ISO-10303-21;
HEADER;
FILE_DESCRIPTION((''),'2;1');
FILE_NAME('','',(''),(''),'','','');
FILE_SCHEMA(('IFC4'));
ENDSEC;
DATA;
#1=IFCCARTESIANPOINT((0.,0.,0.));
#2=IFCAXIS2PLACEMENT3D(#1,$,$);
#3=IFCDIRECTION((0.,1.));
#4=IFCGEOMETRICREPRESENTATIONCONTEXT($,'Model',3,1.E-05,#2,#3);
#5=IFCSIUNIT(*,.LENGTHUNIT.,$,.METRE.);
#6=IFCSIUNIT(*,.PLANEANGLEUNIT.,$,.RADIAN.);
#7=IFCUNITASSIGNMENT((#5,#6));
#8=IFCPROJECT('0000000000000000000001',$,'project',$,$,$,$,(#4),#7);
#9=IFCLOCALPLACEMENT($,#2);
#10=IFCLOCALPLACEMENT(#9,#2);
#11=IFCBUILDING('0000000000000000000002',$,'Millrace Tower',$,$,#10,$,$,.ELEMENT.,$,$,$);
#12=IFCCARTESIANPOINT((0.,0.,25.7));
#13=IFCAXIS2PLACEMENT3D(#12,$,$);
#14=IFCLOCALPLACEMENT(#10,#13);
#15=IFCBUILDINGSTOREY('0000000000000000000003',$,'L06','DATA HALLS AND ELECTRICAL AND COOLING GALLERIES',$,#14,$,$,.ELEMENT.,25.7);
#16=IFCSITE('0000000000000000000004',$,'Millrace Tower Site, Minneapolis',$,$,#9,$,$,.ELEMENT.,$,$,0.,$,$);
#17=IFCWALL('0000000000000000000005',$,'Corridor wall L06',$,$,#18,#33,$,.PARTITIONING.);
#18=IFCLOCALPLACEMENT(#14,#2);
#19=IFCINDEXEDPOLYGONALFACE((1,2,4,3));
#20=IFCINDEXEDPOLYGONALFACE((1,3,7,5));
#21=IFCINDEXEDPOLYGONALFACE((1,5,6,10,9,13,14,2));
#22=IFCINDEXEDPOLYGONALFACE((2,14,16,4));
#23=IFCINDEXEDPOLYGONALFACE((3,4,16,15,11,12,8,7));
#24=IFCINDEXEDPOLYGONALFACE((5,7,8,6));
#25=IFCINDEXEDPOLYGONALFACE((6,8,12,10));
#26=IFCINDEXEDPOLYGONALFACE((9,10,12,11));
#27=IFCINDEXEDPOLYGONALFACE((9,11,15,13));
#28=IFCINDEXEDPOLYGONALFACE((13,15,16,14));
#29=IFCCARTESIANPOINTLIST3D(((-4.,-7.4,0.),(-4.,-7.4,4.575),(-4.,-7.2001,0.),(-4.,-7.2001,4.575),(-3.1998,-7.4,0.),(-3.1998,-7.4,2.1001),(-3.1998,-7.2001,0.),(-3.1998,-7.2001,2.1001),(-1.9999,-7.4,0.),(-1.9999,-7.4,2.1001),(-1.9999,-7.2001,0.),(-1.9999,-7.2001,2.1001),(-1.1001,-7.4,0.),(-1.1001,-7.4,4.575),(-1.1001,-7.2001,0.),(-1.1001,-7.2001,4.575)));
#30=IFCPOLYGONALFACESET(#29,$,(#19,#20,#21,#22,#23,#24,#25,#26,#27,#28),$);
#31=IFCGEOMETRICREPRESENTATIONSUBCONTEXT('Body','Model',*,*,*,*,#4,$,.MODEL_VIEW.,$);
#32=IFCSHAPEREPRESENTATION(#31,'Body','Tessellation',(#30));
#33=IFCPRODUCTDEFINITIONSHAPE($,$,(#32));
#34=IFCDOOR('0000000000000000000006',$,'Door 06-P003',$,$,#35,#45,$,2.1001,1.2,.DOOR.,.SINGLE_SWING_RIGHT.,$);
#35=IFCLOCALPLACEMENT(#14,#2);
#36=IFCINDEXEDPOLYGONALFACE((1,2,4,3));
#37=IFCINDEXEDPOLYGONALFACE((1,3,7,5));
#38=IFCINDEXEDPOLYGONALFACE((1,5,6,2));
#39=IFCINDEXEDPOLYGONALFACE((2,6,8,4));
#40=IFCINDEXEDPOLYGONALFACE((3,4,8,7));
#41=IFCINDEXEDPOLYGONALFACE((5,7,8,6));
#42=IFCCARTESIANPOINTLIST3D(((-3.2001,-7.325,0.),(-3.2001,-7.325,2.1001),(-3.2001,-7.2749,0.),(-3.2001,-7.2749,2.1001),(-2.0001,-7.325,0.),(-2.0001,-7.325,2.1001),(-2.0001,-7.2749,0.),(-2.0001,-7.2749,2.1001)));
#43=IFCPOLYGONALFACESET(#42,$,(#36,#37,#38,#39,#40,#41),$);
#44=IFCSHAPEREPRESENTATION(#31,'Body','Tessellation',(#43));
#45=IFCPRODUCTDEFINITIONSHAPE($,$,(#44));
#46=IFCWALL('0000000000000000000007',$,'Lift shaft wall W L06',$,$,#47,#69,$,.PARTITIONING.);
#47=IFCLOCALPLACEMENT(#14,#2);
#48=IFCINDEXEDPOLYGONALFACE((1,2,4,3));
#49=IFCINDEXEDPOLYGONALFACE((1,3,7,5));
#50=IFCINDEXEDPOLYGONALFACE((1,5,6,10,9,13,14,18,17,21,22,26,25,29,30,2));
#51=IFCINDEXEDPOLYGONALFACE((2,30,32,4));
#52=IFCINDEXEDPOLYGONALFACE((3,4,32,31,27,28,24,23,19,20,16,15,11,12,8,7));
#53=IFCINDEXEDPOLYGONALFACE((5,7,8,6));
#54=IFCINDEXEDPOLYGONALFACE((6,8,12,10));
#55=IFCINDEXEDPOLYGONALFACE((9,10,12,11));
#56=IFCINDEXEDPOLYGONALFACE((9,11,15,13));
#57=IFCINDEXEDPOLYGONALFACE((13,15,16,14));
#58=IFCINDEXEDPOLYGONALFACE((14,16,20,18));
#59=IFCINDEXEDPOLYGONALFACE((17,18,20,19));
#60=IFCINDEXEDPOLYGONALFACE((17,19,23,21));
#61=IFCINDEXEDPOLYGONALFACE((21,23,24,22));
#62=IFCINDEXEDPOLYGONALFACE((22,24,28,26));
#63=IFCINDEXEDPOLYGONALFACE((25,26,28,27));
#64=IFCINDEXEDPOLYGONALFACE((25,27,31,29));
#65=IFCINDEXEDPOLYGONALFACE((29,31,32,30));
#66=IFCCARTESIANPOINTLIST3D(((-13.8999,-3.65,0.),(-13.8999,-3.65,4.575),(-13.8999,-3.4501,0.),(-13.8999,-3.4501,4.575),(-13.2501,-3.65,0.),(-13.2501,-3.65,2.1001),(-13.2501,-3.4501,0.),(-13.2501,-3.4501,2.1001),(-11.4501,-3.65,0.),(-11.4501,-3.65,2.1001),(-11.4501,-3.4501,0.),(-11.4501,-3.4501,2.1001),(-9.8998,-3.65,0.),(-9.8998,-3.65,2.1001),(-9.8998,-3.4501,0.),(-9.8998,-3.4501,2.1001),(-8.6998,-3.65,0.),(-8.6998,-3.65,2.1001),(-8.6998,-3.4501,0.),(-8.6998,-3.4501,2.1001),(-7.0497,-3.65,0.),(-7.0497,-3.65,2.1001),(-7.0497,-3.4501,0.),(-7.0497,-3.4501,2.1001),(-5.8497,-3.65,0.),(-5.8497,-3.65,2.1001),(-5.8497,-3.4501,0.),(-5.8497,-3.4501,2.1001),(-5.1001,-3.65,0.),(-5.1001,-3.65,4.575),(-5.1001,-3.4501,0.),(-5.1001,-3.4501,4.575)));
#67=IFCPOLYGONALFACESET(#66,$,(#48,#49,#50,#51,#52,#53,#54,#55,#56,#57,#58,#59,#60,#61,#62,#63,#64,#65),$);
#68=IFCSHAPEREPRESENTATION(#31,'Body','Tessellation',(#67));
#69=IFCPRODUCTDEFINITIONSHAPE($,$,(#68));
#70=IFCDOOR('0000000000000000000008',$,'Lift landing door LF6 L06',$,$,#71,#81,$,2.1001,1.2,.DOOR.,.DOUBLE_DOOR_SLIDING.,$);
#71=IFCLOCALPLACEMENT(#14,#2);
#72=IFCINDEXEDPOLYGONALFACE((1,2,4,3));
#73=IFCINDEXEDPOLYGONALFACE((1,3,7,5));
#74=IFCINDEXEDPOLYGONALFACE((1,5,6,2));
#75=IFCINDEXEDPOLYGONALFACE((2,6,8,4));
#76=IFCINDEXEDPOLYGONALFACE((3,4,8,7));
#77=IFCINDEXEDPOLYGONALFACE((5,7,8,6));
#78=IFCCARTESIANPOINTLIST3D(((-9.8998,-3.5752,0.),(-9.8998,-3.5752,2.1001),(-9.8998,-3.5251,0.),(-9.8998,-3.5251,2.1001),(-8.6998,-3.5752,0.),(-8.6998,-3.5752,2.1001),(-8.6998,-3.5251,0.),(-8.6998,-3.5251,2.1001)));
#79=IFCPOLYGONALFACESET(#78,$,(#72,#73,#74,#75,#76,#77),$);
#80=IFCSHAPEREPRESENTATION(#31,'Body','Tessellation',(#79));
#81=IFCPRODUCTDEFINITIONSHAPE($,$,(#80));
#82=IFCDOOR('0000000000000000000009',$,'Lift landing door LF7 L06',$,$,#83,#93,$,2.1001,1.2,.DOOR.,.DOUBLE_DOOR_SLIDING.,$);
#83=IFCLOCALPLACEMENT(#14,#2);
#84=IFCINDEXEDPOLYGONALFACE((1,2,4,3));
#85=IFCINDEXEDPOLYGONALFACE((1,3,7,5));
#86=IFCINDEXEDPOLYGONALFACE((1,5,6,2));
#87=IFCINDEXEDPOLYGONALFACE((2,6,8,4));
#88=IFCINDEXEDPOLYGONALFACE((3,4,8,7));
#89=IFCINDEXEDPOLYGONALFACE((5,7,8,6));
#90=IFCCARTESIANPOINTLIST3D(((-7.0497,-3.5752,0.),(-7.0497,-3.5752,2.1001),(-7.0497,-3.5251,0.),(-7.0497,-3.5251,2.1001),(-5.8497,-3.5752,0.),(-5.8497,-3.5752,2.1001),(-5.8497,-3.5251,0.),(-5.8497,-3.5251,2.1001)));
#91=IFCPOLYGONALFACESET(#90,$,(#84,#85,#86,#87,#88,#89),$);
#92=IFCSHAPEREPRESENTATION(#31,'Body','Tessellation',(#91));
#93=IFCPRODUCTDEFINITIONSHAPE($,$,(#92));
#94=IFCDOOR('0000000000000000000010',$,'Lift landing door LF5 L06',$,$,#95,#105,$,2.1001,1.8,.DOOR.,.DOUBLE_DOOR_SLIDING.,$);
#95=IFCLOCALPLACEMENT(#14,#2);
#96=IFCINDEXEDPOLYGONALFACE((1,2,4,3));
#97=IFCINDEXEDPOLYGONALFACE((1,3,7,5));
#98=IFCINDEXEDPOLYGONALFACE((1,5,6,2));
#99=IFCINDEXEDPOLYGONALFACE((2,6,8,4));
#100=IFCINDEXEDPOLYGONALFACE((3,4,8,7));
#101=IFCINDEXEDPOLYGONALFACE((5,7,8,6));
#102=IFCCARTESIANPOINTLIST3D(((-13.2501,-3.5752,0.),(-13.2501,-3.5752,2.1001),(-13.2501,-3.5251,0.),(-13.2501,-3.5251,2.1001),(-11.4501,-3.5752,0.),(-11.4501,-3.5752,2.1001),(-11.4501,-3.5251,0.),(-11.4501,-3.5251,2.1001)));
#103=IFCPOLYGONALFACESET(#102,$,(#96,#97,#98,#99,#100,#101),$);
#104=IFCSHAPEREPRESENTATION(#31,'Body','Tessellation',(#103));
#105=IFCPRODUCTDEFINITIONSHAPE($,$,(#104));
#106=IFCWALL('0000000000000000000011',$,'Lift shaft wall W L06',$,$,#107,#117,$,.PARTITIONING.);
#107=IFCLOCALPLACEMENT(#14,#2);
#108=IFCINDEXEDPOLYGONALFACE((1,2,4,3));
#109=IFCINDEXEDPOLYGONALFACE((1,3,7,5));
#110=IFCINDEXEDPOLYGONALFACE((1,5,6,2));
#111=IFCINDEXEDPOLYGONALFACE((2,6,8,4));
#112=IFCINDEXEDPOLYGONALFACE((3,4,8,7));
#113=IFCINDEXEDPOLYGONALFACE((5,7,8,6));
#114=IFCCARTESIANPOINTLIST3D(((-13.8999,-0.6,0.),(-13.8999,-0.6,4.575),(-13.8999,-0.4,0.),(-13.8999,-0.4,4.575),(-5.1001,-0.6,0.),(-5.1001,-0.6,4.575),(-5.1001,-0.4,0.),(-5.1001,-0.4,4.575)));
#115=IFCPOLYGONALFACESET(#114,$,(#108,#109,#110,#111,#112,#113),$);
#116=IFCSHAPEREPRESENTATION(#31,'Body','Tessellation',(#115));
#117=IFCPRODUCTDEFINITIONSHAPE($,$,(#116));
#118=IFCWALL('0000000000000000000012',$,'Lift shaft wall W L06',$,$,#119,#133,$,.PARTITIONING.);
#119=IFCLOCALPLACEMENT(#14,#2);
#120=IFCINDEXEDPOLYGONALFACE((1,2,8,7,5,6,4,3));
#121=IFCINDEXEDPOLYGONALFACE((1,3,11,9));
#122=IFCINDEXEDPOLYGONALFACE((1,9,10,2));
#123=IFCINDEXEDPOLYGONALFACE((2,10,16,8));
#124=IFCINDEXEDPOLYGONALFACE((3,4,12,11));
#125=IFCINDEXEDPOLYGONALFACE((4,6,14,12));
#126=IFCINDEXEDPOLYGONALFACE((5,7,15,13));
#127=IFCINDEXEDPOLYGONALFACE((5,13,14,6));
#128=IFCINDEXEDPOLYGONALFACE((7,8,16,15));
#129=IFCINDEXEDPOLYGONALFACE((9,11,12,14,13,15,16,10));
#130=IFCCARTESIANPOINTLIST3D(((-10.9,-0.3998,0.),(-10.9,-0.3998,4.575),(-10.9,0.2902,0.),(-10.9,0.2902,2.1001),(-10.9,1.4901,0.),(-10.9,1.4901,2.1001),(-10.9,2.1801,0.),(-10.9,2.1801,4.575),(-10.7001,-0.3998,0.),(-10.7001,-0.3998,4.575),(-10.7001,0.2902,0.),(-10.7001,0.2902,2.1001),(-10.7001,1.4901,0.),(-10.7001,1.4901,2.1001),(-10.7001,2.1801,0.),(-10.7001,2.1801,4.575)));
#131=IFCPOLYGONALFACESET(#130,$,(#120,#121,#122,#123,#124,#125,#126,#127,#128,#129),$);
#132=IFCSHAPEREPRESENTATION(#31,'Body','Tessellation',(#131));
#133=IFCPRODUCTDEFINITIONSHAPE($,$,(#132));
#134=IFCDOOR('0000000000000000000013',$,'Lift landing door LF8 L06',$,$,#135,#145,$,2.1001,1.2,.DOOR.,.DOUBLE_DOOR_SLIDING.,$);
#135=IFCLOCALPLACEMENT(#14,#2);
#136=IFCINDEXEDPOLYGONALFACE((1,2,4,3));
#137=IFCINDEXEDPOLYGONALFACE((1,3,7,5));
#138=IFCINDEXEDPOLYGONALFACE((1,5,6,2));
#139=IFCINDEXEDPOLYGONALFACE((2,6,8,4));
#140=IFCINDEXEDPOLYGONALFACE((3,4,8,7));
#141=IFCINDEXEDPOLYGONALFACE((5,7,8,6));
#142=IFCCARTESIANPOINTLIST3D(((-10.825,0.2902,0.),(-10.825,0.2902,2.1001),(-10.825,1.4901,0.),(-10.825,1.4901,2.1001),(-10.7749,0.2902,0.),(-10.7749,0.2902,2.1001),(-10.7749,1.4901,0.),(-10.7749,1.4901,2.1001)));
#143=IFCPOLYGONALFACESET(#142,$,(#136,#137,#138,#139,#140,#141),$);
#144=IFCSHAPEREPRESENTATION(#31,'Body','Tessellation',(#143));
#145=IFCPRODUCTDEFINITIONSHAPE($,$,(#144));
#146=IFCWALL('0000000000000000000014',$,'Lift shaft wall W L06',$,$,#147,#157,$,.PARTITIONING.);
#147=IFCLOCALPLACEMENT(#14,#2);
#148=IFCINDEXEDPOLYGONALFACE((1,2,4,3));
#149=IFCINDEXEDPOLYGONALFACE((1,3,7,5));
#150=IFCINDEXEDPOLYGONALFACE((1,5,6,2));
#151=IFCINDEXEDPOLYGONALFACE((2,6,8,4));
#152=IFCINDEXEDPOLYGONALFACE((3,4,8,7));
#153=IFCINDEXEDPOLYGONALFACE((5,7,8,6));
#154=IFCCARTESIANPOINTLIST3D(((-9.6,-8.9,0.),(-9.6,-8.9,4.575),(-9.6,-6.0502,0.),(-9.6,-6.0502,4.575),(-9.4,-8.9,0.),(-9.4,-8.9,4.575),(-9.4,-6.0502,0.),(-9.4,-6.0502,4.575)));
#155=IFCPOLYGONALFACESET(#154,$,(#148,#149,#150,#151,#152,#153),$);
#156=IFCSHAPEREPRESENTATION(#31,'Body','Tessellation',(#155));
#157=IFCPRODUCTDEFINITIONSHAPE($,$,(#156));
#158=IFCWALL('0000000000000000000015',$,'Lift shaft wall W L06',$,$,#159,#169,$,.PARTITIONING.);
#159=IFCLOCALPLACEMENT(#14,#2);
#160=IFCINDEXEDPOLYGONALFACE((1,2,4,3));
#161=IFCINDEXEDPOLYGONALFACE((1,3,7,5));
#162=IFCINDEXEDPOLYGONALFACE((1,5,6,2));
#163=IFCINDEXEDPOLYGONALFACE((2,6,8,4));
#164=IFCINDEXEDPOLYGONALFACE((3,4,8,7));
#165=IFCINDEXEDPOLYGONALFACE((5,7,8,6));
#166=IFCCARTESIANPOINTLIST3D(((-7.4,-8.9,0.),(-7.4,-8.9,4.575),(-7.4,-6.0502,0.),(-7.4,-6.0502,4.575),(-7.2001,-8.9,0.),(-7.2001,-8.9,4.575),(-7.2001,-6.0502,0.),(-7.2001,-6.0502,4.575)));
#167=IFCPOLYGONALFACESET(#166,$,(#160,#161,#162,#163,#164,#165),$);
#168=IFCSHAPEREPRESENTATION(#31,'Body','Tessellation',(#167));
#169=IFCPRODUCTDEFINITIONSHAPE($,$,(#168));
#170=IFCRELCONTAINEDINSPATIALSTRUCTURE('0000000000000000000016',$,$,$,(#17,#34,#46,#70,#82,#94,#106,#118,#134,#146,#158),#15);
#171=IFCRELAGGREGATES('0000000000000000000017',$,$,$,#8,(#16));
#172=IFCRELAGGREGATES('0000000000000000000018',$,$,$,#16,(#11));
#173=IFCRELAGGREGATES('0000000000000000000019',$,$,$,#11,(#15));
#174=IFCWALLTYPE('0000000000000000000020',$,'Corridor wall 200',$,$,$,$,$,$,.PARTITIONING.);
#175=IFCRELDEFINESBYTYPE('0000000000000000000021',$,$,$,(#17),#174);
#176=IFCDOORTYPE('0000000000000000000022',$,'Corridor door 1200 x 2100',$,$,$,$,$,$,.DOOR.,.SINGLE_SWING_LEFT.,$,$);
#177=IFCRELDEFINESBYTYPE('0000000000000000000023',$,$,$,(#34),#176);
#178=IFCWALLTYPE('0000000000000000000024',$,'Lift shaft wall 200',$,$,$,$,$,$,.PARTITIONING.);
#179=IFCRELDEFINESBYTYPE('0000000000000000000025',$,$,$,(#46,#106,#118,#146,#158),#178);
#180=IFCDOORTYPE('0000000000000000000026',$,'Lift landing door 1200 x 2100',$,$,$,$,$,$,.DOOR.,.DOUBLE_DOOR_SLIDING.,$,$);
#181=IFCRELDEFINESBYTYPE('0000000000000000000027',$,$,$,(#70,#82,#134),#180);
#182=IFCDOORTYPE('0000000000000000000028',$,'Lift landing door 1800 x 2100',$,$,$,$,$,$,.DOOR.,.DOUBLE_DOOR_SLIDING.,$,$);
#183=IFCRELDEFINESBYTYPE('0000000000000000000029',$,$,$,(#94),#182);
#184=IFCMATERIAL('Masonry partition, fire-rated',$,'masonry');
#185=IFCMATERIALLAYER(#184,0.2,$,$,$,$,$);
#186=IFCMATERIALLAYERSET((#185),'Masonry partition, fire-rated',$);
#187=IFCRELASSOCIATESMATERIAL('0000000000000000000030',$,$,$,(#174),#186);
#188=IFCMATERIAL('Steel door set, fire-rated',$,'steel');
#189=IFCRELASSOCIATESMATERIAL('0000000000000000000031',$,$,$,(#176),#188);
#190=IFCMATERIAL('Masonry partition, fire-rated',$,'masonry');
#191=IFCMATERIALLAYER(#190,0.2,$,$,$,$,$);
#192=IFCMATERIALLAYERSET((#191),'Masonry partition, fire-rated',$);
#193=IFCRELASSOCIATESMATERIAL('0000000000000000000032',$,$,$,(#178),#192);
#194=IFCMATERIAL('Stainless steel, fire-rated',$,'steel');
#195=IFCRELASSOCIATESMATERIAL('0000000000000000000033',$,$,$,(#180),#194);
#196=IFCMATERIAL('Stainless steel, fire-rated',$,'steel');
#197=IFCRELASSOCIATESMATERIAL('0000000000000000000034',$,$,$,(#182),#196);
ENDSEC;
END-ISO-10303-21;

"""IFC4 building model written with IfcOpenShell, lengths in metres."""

from ifc_helpers import new_model, si_unit, direction, frame, frame_2d, origin, place, context, subcontext, project, spatial, rectangle, extrude, material, layer, layer_set, type_object, element, fill, save


model = new_model("IFC4")

# Units and contexts
model_context = context("Model", 3, precision=1e-05, world=origin(), true_north=direction((0.0, 1.0)))
body_context = subcontext(model_context, "Body", "Model", "MODEL_VIEW")
ifc_project = project(units=[si_unit("LENGTHUNIT", "METRE"), si_unit("PLANEANGLEUNIT", "RADIAN")], contexts=[model_context])

# Site, building, storey
site_placement = place(None, origin())
site = spatial("IfcSite", under=ifc_project, at=site_placement, Name="Millrace Tower Site, Minneapolis", CompositionType="ELEMENT", RefElevation=0.0)
building_placement = place(site_placement, origin())
building = spatial("IfcBuilding", under=site, at=building_placement, Name="Millrace Tower", CompositionType="ELEMENT")
storey_placement = place(building_placement, frame((0.0, 0.0, 25.7)))
storey = spatial("IfcBuildingStorey", under=building, at=storey_placement, Name="L06", Description="DATA HALLS AND ELECTRICAL AND COOLING GALLERIES", CompositionType="ELEMENT", Elevation=25.7)

# Wall, opening, door
ifc_material_1 = material(Name="Masonry partition, fire-rated", Category="masonry")
ifc_layer_1 = layer(ifc_material_1, 0.2)
ifc_layer_set_1 = layer_set([ifc_layer_1], Name="Masonry partition, fire-rated")
wall_type_1 = type_object("IfcWallType", Name="Corridor wall 200", PredefinedType="PARTITIONING", material=ifc_layer_set_1)
wall_1_placement = place(storey_placement, frame((-4.0, -7.3, 0.0), z_axis=(0.0, 0.0, 1.0), x_axis=(1.0, 0.0, 0.0)))
wall_1 = element("IfcWall", 1, at=wall_1_placement, inside=storey, type_object=wall_type_1, Name="Corridor wall L06", PredefinedType="PARTITIONING", context=body_context, shape_type="SweptSolid", body=[
    extrude(rectangle(XDim=2.8999, YDim=0.2, at=frame_2d((1.45, 0.0))), origin(), (0.0, 0.0, 1.0), 4.575),
])
opening_1_placement = place(wall_1_placement, frame((0.8, 0.0, 0.0)))
opening_1 = element("IfcOpeningElement", 2, at=opening_1_placement, cuts=wall_1, PredefinedType="OPENING", context=body_context, shape_type="SweptSolid", body=[
    extrude(rectangle(XDim=1.2, YDim=2.1001, at=frame_2d((0.6001, 1.05))), frame((0.0, 0.1099, 0.0), z_axis=(0.0, -1.0, 0.0), x_axis=(1.0, 0.0, 0.0)), (0.0, 0.0, 1.0), 0.22),
])
ifc_material_2 = material(Name="Steel door set, fire-rated", Category="steel")
door_type_1 = type_object("IfcDoorType", Name="Corridor door 1200 x 2100", OperationType="SINGLE_SWING_LEFT", PredefinedType="DOOR", material=ifc_material_2)
door_1_placement = place(opening_1_placement, frame((1.2, 0.0, 0.0), z_axis=(0.0, 0.0, 1.0), x_axis=(-1.0, 0.0, 0.0)))
door_1 = element("IfcDoor", 3, at=door_1_placement, inside=storey, type_object=door_type_1, Name="Door 06-P003", OperationType="SINGLE_SWING_RIGHT", OverallHeight=2.1001, OverallWidth=1.2, PredefinedType="DOOR", context=body_context, shape_type="SweptSolid", body=[
    extrude(rectangle(XDim=1.2, YDim=2.1001, at=frame_2d((0.6001, 1.05))), frame((0.0, 0.0249, 0.0), z_axis=(0.0, -1.0, 0.0), x_axis=(1.0, 0.0, 0.0)), (0.0, 0.0, 1.0), 0.05),
])
fill(opening_1, door_1)

# Wall, openings, doors
ifc_material_3 = material(Name="Masonry partition, fire-rated", Category="masonry")
ifc_layer_2 = layer(ifc_material_3, 0.2)
ifc_layer_set_2 = layer_set([ifc_layer_2], Name="Masonry partition, fire-rated")
wall_type_2 = type_object("IfcWallType", Name="Lift shaft wall 200", PredefinedType="PARTITIONING", material=ifc_layer_set_2)
wall_2_placement = place(storey_placement, frame((-13.8999, -3.55, 0.0), z_axis=(0.0, 0.0, 1.0), x_axis=(1.0, 0.0, 0.0)))
wall_2 = element("IfcWall", 4, at=wall_2_placement, inside=storey, type_object=wall_type_2, Name="Lift shaft wall W L06", PredefinedType="PARTITIONING", context=body_context, shape_type="SweptSolid", body=[
    extrude(rectangle(XDim=8.7998, YDim=0.2, at=frame_2d((4.3999, 0.0))), origin(), (0.0, 0.0, 1.0), 4.575),
])
opening_2_placement = place(wall_2_placement, frame((0.6499, 0.0, 0.0)))
opening_2 = element("IfcOpeningElement", 5, at=opening_2_placement, cuts=wall_2, PredefinedType="OPENING", context=body_context, shape_type="SweptSolid", body=[
    extrude(rectangle(XDim=1.8, YDim=2.1001, at=frame_2d((0.8999, 1.05))), frame((0.0, 0.1099, 0.0), z_axis=(0.0, -1.0, 0.0), x_axis=(1.0, 0.0, 0.0)), (0.0, 0.0, 1.0), 0.22),
])
opening_3_placement = place(wall_2_placement, frame((4.0, 0.0, 0.0)))
opening_3 = element("IfcOpeningElement", 6, at=opening_3_placement, cuts=wall_2, PredefinedType="OPENING", context=body_context, shape_type="SweptSolid", body=[
    extrude(rectangle(XDim=1.2, YDim=2.1001, at=frame_2d((0.6001, 1.05))), frame((0.0, 0.1099, 0.0), z_axis=(0.0, -1.0, 0.0), x_axis=(1.0, 0.0, 0.0)), (0.0, 0.0, 1.0), 0.22),
])
opening_4_placement = place(wall_2_placement, frame((6.8501, 0.0, 0.0)))
opening_4 = element("IfcOpeningElement", 7, at=opening_4_placement, cuts=wall_2, PredefinedType="OPENING", context=body_context, shape_type="SweptSolid", body=[
    extrude(rectangle(XDim=1.2, YDim=2.1001, at=frame_2d((0.6001, 1.05))), frame((0.0, 0.1099, 0.0), z_axis=(0.0, -1.0, 0.0), x_axis=(1.0, 0.0, 0.0)), (0.0, 0.0, 1.0), 0.22),
])
ifc_material_4 = material(Name="Stainless steel, fire-rated", Category="steel")
door_type_2 = type_object("IfcDoorType", Name="Lift landing door 1200 x 2100", OperationType="DOUBLE_DOOR_SLIDING", PredefinedType="DOOR", material=ifc_material_4)
door_2_placement = place(opening_3_placement, origin())
door_2 = element("IfcDoor", 8, at=door_2_placement, inside=storey, type_object=door_type_2, Name="Lift landing door LF6 L06", OperationType="DOUBLE_DOOR_SLIDING", OverallHeight=2.1001, OverallWidth=1.2, PredefinedType="DOOR", context=body_context, shape_type="SweptSolid", body=[
    extrude(rectangle(XDim=1.2, YDim=2.1001, at=frame_2d((0.6001, 1.05))), frame((0.0, 0.0249, 0.0), z_axis=(0.0, -1.0, 0.0), x_axis=(1.0, 0.0, 0.0)), (0.0, 0.0, 1.0), 0.05),
])
fill(opening_3, door_2)
door_3_placement = place(opening_4_placement, origin())
door_3 = element("IfcDoor", 9, at=door_3_placement, inside=storey, type_object=door_type_2, Name="Lift landing door LF7 L06", OperationType="DOUBLE_DOOR_SLIDING", OverallHeight=2.1001, OverallWidth=1.2, PredefinedType="DOOR", context=body_context, shape_type="SweptSolid", body=[
    extrude(rectangle(XDim=1.2, YDim=2.1001, at=frame_2d((0.6001, 1.05))), frame((0.0, 0.0249, 0.0), z_axis=(0.0, -1.0, 0.0), x_axis=(1.0, 0.0, 0.0)), (0.0, 0.0, 1.0), 0.05),
])
fill(opening_4, door_3)
ifc_material_5 = material(Name="Stainless steel, fire-rated", Category="steel")
door_type_3 = type_object("IfcDoorType", Name="Lift landing door 1800 x 2100", OperationType="DOUBLE_DOOR_SLIDING", PredefinedType="DOOR", material=ifc_material_5)
door_4_placement = place(opening_2_placement, origin())
door_4 = element("IfcDoor", 10, at=door_4_placement, inside=storey, type_object=door_type_3, Name="Lift landing door LF5 L06", OperationType="DOUBLE_DOOR_SLIDING", OverallHeight=2.1001, OverallWidth=1.8, PredefinedType="DOOR", context=body_context, shape_type="SweptSolid", body=[
    extrude(rectangle(XDim=1.8, YDim=2.1001, at=frame_2d((0.8999, 1.05))), frame((0.0, 0.0249, 0.0), z_axis=(0.0, -1.0, 0.0), x_axis=(1.0, 0.0, 0.0)), (0.0, 0.0, 1.0), 0.05),
])
fill(opening_2, door_4)

# Wall
wall_3_placement = place(storey_placement, frame((-13.8999, -0.5, 0.0), z_axis=(0.0, 0.0, 1.0), x_axis=(1.0, 0.0, 0.0)))
element("IfcWall", 11, at=wall_3_placement, inside=storey, type_object=wall_type_2, Name="Lift shaft wall W L06", PredefinedType="PARTITIONING", context=body_context, shape_type="SweptSolid", body=[
    extrude(rectangle(XDim=8.7998, YDim=0.2, at=frame_2d((4.3999, 0.0))), origin(), (0.0, 0.0, 1.0), 4.575),
])

# Wall, opening, door
wall_4_placement = place(storey_placement, frame((-10.8, -0.3999, 0.0), z_axis=(0.0, 0.0, 1.0), x_axis=(0.0, 1.0, 0.0)))
wall_4 = element("IfcWall", 12, at=wall_4_placement, inside=storey, type_object=wall_type_2, Name="Lift shaft wall W L06", PredefinedType="PARTITIONING", context=body_context, shape_type="SweptSolid", body=[
    extrude(rectangle(XDim=2.5798, YDim=0.2, at=frame_2d((1.29, 0.0))), origin(), (0.0, 0.0, 1.0), 4.575),
])
opening_5_placement = place(wall_4_placement, frame((0.6899, 0.0, 0.0)))
opening_5 = element("IfcOpeningElement", 13, at=opening_5_placement, cuts=wall_4, PredefinedType="OPENING", context=body_context, shape_type="SweptSolid", body=[
    extrude(rectangle(XDim=1.2, YDim=2.1001, at=frame_2d((0.6001, 1.05))), frame((0.0, 0.1099, 0.0), z_axis=(0.0, -1.0, 0.0), x_axis=(1.0, 0.0, 0.0)), (0.0, 0.0, 1.0), 0.22),
])
door_5_placement = place(opening_5_placement, origin())
door_5 = element("IfcDoor", 14, at=door_5_placement, inside=storey, type_object=door_type_2, Name="Lift landing door LF8 L06", OperationType="DOUBLE_DOOR_SLIDING", OverallHeight=2.1001, OverallWidth=1.2, PredefinedType="DOOR", context=body_context, shape_type="SweptSolid", body=[
    extrude(rectangle(XDim=1.2, YDim=2.1001, at=frame_2d((0.6001, 1.05))), frame((0.0, 0.0249, 0.0), z_axis=(0.0, -1.0, 0.0), x_axis=(1.0, 0.0, 0.0)), (0.0, 0.0, 1.0), 0.05),
])
fill(opening_5, door_5)

# Walls
for number, where, z_axis, x_axis, name in (
    (15, (-9.5, -8.8999, 0.0), (0.0, 0.0, 1.0), (0.0, 1.0, 0.0), "Lift shaft wall W L06"),
    (16, (-7.3, -8.8999, 0.0), (0.0, 0.0, 1.0), (0.0, 1.0, 0.0), "Lift shaft wall W L06"),
):
    element("IfcWall", number, at=place(storey_placement, frame(where, z_axis=z_axis, x_axis=x_axis)), inside=storey, type_object=wall_type_2, Name=name, PredefinedType="PARTITIONING", context=body_context, shape_type="SweptSolid", body=[
        extrude(rectangle(XDim=2.8499, YDim=0.2, at=frame_2d((1.4248, 0.0))), origin(), (0.0, 0.0, 1.0), 4.575),
    ])

save(model, "model.ifc")
